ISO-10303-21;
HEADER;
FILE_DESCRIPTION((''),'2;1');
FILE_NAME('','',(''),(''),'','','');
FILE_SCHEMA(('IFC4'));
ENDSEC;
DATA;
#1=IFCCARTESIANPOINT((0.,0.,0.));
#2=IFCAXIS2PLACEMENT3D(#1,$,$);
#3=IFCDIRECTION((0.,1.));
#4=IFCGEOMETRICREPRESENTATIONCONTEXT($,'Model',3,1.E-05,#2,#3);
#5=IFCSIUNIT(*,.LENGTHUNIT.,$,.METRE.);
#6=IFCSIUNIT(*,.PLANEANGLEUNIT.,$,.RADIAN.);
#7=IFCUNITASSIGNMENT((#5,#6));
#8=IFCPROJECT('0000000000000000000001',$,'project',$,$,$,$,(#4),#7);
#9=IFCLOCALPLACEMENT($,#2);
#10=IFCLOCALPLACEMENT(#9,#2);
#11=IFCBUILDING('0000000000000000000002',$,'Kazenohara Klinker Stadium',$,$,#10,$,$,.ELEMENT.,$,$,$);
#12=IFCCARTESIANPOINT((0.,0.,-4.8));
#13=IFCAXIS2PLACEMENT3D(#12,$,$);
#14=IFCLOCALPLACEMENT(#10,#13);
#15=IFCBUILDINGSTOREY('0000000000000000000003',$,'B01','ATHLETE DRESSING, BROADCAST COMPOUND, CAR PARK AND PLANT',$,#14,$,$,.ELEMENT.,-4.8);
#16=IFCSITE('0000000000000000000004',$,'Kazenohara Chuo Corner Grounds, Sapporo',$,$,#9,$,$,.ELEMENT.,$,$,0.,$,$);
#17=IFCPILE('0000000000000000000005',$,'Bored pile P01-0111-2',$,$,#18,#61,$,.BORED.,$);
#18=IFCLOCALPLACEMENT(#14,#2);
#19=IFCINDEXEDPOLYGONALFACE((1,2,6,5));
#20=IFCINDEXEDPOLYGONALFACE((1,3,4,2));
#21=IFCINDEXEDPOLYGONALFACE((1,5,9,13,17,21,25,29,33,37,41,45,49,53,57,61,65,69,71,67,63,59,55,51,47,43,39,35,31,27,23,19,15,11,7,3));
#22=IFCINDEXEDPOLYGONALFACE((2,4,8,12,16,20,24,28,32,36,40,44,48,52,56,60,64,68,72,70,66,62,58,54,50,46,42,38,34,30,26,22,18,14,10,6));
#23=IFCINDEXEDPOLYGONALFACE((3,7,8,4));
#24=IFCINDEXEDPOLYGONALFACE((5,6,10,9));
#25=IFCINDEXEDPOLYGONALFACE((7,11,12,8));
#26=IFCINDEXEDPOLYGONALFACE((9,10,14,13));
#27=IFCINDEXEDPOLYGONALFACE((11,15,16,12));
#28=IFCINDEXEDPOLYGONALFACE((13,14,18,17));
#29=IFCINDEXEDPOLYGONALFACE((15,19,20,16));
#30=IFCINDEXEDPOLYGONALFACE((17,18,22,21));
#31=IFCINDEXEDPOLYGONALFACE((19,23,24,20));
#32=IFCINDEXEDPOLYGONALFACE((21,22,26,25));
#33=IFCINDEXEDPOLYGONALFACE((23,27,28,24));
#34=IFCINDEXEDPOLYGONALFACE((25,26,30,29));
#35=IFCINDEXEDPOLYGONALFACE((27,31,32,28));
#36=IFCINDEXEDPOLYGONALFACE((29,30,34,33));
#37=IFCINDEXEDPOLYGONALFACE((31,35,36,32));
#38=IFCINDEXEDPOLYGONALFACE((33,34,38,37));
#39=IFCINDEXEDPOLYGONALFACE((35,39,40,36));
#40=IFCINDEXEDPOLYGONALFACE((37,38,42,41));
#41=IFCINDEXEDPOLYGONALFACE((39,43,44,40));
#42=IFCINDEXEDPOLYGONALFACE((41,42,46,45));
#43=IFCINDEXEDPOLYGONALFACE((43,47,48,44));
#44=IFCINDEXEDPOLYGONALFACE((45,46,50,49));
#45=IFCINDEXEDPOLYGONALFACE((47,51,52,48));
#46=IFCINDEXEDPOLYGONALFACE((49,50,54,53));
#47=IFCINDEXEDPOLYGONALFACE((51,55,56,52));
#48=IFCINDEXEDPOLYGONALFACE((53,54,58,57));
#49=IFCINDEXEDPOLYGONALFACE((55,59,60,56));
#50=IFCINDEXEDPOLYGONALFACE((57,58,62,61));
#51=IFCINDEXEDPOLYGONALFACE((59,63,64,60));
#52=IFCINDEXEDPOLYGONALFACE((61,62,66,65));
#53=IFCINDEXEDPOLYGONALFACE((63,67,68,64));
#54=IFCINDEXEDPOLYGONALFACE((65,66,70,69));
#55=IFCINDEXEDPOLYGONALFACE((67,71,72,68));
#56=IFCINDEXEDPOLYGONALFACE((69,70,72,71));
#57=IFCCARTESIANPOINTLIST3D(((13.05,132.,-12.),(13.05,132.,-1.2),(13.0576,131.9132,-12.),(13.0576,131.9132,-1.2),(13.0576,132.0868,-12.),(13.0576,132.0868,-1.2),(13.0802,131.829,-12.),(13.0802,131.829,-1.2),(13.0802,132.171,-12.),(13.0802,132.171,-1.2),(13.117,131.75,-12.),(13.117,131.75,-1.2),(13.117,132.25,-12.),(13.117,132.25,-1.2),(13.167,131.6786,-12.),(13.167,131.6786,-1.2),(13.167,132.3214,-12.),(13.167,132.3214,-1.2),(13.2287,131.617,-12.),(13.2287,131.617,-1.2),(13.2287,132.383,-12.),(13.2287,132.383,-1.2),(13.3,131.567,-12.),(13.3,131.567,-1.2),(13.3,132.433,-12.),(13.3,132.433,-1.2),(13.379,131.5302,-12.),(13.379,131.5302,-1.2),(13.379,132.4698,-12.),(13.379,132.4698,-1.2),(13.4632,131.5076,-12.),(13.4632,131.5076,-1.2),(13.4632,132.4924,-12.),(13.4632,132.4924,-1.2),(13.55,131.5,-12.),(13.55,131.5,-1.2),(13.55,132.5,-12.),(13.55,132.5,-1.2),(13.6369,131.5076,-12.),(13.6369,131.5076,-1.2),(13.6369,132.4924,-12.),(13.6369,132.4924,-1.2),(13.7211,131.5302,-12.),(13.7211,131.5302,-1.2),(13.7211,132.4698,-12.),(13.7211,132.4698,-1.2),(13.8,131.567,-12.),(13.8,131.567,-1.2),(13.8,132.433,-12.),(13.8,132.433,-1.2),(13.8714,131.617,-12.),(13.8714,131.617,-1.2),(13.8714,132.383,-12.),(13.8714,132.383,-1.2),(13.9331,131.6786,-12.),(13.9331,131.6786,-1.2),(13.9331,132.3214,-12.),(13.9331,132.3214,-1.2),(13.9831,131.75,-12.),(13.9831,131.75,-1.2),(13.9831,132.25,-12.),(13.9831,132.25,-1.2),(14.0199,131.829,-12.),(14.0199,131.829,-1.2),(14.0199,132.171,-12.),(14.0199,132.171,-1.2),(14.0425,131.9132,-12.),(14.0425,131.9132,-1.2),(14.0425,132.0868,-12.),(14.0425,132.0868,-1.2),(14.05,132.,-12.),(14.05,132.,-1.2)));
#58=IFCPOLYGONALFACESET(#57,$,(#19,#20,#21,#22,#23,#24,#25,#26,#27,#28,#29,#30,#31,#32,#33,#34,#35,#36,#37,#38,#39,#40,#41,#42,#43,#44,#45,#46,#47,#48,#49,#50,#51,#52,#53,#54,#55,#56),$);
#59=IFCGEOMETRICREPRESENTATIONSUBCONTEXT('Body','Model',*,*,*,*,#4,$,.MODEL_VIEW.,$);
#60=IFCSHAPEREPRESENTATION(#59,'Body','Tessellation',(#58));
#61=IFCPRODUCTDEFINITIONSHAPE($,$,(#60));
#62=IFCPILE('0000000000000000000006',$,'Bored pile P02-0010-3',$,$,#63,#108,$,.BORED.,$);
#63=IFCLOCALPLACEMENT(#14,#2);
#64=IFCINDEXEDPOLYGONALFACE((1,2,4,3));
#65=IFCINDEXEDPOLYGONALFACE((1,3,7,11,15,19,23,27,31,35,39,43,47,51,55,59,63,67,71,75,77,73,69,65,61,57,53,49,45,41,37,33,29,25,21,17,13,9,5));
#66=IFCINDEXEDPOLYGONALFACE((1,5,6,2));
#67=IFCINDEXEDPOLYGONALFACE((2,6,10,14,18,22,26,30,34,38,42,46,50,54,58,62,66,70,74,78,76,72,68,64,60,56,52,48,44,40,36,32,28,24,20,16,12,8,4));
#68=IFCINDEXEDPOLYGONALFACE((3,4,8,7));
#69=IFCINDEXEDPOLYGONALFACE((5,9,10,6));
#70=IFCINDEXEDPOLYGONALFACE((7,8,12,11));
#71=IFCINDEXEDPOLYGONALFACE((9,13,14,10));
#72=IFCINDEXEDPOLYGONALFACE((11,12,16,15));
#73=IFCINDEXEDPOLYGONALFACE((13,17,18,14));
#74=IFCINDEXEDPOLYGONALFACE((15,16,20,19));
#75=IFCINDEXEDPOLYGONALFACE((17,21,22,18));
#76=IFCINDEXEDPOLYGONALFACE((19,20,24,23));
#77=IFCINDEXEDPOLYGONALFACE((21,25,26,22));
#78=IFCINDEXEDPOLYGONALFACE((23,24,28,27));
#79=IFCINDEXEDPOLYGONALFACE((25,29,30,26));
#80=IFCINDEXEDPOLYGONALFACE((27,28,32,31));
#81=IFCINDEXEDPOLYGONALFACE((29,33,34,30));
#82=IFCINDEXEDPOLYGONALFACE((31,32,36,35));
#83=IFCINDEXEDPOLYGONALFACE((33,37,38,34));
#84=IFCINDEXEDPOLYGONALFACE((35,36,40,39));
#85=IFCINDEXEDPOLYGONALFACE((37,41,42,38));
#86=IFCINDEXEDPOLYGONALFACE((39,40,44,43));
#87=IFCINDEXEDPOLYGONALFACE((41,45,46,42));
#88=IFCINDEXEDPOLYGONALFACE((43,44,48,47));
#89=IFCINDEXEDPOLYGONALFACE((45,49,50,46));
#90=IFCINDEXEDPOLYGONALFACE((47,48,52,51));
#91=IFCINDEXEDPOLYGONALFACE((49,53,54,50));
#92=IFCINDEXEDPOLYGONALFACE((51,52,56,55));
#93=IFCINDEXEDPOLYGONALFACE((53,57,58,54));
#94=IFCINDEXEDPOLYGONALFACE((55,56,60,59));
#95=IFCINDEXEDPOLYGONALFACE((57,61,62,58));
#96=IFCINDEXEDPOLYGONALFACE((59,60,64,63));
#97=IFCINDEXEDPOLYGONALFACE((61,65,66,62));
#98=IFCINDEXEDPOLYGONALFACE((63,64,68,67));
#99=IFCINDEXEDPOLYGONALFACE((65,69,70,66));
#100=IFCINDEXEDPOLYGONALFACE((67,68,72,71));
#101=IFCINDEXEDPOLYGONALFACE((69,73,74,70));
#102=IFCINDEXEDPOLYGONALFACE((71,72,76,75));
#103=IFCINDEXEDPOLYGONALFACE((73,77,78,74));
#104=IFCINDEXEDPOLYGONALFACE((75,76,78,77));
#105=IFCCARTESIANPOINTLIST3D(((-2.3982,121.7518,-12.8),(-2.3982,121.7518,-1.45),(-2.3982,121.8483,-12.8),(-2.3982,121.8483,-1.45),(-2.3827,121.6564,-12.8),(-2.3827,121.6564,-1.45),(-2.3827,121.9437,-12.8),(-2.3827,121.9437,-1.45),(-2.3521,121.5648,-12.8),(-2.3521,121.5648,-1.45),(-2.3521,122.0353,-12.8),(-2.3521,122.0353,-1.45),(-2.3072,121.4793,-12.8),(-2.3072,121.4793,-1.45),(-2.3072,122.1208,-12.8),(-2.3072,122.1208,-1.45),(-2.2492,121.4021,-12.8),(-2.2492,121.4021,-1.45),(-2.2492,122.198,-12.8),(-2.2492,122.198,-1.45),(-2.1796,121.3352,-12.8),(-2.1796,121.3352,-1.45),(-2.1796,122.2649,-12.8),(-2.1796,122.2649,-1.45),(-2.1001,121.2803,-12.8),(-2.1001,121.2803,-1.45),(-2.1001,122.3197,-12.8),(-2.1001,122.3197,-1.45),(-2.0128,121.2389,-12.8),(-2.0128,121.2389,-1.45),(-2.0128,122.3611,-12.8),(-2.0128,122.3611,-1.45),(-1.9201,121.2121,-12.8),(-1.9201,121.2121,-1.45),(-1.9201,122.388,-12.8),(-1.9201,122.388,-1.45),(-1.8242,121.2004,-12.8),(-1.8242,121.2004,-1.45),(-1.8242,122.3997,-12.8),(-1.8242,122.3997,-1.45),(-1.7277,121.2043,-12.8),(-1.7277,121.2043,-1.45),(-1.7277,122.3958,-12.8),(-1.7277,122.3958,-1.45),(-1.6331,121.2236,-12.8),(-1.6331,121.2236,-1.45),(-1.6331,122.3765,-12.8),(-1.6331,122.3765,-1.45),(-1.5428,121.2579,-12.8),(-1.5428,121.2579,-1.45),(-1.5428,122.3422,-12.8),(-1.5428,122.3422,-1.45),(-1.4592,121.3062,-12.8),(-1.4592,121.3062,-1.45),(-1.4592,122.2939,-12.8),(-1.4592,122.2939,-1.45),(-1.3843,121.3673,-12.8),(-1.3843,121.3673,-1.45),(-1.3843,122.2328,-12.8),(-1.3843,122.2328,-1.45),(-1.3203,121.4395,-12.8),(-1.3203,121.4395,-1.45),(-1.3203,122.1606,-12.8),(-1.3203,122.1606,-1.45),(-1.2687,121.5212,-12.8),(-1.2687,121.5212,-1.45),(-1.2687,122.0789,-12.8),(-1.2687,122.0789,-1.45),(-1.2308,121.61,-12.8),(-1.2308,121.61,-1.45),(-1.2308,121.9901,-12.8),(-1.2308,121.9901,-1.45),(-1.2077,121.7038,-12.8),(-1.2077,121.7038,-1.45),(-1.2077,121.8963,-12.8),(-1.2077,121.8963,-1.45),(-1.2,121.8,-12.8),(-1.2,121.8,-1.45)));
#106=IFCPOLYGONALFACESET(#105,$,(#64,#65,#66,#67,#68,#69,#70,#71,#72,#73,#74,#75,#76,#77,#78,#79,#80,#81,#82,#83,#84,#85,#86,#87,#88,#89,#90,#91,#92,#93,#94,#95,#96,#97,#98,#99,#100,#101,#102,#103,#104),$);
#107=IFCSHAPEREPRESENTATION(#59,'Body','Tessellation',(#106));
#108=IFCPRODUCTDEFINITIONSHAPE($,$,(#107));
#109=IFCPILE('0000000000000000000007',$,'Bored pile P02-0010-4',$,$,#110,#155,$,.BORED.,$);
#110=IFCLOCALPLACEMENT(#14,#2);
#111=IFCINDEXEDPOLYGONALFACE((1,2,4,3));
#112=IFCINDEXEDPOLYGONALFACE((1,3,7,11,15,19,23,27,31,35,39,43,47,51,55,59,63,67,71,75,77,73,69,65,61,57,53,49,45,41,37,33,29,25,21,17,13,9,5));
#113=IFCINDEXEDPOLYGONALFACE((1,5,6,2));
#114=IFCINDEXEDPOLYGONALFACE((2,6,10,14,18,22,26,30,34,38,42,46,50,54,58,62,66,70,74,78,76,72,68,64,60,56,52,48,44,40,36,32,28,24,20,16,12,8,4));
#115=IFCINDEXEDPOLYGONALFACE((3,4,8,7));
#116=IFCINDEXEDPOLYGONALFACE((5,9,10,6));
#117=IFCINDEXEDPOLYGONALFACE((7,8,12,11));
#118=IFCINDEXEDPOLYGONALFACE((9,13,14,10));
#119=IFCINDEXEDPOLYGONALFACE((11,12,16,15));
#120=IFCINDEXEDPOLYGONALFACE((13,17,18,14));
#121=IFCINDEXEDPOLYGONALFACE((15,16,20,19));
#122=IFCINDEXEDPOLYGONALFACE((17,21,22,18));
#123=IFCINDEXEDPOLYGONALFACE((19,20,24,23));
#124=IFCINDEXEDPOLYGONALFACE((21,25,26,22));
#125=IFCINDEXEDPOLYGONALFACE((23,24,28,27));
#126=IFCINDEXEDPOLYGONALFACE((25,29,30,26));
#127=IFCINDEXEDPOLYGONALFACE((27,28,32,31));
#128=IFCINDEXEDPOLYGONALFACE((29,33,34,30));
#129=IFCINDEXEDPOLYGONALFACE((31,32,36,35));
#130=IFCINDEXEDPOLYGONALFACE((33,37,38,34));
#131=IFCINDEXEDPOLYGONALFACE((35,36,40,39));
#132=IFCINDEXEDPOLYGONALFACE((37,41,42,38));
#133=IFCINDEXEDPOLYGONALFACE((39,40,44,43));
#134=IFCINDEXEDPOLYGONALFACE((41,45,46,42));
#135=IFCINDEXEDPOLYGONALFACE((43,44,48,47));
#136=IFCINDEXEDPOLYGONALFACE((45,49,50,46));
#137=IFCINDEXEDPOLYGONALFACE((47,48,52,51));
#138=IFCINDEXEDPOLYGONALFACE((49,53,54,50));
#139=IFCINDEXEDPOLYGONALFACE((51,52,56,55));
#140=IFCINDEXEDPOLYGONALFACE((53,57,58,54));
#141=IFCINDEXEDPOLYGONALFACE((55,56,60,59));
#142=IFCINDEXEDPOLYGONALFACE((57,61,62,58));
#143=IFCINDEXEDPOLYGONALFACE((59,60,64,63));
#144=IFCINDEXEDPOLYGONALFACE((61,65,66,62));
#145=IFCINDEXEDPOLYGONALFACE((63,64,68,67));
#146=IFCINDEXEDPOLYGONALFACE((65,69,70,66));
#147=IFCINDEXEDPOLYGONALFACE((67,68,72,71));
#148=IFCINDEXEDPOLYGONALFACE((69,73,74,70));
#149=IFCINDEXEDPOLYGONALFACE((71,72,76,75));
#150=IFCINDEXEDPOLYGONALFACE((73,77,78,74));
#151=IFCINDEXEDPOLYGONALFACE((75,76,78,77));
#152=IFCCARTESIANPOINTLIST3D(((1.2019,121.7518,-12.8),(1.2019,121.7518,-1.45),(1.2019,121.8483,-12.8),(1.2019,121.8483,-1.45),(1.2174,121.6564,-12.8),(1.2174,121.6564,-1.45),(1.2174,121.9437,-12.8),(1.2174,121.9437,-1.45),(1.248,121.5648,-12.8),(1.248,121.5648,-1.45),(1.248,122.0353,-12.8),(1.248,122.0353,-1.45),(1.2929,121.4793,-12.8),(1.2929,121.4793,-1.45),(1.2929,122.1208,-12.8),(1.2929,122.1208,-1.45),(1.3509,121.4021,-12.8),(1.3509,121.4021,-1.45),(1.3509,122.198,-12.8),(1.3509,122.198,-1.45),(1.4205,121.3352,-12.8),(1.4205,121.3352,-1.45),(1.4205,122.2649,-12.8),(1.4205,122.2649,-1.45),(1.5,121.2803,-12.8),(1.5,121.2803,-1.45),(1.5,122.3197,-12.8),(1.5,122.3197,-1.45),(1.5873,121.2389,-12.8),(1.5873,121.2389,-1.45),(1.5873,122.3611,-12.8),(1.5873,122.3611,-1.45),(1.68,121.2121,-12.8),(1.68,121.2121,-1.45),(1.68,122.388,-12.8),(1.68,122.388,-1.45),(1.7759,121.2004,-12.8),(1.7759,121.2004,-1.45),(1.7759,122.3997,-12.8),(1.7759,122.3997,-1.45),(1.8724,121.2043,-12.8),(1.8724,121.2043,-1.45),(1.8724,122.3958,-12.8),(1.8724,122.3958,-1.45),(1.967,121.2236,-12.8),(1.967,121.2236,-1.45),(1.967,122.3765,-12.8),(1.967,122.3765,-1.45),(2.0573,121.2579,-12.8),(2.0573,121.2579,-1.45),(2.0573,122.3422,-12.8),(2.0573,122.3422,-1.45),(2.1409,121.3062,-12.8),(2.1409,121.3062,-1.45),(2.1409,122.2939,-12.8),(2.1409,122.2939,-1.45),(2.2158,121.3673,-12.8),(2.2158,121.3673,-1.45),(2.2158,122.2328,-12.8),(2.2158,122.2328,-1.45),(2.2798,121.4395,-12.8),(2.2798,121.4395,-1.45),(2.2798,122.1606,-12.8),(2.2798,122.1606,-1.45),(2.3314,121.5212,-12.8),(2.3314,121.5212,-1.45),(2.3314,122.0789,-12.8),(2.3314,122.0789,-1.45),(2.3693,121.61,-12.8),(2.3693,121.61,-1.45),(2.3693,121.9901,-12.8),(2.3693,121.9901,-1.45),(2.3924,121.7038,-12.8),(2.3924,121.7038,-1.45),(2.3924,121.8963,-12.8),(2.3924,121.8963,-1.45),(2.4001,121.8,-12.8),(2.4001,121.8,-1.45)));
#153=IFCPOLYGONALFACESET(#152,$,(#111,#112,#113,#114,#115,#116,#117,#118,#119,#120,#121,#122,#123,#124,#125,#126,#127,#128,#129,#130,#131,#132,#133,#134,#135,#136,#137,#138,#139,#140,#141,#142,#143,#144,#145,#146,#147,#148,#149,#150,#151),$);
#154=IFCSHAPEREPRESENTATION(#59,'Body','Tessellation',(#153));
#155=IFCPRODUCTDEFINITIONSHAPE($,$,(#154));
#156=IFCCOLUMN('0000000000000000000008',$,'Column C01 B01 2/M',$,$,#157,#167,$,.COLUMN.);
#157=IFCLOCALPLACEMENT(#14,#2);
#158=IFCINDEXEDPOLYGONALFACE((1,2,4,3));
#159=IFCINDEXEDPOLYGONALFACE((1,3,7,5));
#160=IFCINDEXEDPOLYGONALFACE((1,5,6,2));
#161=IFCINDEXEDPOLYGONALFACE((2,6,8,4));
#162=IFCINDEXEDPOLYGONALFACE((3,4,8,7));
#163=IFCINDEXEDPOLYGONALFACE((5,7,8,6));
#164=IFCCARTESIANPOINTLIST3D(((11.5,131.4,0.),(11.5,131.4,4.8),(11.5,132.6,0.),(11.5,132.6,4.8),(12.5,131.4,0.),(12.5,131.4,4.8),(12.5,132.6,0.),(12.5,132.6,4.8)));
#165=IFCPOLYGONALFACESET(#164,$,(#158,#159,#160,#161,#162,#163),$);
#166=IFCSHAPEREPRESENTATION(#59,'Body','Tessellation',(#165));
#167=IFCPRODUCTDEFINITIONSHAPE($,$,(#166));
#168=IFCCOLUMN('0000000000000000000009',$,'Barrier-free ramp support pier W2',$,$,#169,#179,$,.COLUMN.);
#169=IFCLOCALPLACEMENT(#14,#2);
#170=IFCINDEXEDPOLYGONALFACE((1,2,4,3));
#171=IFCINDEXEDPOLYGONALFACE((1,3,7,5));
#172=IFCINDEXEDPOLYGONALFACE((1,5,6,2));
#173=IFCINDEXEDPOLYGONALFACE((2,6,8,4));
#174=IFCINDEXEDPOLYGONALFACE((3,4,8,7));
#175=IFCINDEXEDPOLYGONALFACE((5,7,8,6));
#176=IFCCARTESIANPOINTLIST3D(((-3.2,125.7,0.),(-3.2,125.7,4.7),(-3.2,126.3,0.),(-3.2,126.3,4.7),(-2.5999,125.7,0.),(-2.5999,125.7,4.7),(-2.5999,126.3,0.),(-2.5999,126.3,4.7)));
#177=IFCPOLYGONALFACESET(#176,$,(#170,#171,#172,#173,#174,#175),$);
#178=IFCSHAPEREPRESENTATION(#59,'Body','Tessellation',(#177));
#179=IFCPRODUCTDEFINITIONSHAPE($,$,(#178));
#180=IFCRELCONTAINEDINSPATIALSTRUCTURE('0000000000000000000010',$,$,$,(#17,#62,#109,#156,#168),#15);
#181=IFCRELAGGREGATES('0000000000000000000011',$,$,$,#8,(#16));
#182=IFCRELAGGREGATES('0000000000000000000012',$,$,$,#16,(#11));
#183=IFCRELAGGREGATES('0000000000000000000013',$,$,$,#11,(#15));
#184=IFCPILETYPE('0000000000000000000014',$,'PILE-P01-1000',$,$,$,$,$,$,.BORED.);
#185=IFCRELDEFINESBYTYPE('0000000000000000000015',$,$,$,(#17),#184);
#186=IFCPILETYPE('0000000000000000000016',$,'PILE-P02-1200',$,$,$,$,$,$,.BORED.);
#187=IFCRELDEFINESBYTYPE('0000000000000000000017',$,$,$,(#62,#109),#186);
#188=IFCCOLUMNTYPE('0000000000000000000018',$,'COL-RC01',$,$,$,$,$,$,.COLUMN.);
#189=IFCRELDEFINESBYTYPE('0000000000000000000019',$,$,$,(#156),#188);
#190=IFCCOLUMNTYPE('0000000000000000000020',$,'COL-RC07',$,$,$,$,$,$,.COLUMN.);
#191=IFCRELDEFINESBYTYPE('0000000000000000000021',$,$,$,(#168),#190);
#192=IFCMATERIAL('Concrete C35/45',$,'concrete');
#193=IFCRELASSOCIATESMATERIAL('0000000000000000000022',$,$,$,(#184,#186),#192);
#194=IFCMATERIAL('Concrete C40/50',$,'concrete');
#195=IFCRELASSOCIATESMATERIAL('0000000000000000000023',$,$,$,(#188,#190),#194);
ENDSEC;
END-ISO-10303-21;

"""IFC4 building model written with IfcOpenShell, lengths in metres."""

from ifc_helpers import new_model, si_unit, direction, frame, origin, origin_2d, place, context, subcontext, project, spatial, rectangle, circle, extrude, material, material_profile, profile_set, type_object, element, save


model = new_model("IFC4")

# Units and contexts
model_context = context("Model", 3, precision=1e-05, world=origin(), true_north=direction((0.0, 1.0)))
body_context = subcontext(model_context, "Body", "Model", "MODEL_VIEW")
ifc_project = project(units=[si_unit("LENGTHUNIT", "METRE"), si_unit("PLANEANGLEUNIT", "RADIAN")], contexts=[model_context])

# Site, building, storey
site_placement = place(None, origin())
site = spatial("IfcSite", under=ifc_project, at=site_placement, Name="Kazenohara Chuo Corner Grounds, Sapporo", CompositionType="ELEMENT", RefElevation=0.0)
building_placement = place(site_placement, origin())
building = spatial("IfcBuilding", under=site, at=building_placement, Name="Kazenohara Klinker Stadium", CompositionType="ELEMENT")
storey_placement = place(building_placement, frame((0.0, 0.0, -4.8)))
storey = spatial("IfcBuildingStorey", under=building, at=storey_placement, Name="B01", Description="ATHLETE DRESSING, BROADCAST COMPOUND, CAR PARK AND PLANT", CompositionType="ELEMENT", Elevation=-4.8)

# Shared definitions
ifc_material_1 = material(Name="Concrete C35/45", Category="concrete")

# Piles
ifc_material_profile_1 = material_profile(ifc_material_1, circle(Radius=0.5, at=origin_2d()), Name="BORED-PILE-1000")
ifc_profile_set_1 = profile_set([ifc_material_profile_1], Name="Concrete C35/45")
pile_type_1 = type_object("IfcPileType", Name="PILE-P01-1000", PredefinedType="BORED", material=ifc_profile_set_1)
for number, where, z_axis, x_axis, name in (
    (1, (13.55, 132.0, -1.2), (0.0, 0.0, -1.0), (1.0, 0.0, 0.0), "Bored pile P01-0111-2"),
):
    element("IfcPile", number, at=place(storey_placement, frame(where, z_axis=z_axis, x_axis=x_axis)), inside=storey, type_object=pile_type_1, Name=name, PredefinedType="BORED", context=body_context, shape_type="SweptSolid", body=[
        extrude(circle(Radius=0.5, at=origin_2d()), origin(), (0.0, 0.0, 1.0), 10.8),
    ])
ifc_material_profile_2 = material_profile(ifc_material_1, circle(Radius=0.6001, at=origin_2d()), Name="BORED-PILE-1200")
ifc_profile_set_2 = profile_set([ifc_material_profile_2], Name="Concrete C35/45")
pile_type_2 = type_object("IfcPileType", Name="PILE-P02-1200", PredefinedType="BORED", material=ifc_profile_set_2)
for number, where, z_axis, x_axis, name in (
    (2, (-1.8, 121.8, -1.45), (0.0, 0.0, -1.0), (1.0, 0.0, 0.0), "Bored pile P02-0010-3"),
    (3, (1.8, 121.8, -1.45), (0.0, 0.0, -1.0), (1.0, 0.0, 0.0), "Bored pile P02-0010-4"),
):
    element("IfcPile", number, at=place(storey_placement, frame(where, z_axis=z_axis, x_axis=x_axis)), inside=storey, type_object=pile_type_2, Name=name, PredefinedType="BORED", context=body_context, shape_type="SweptSolid", body=[
        extrude(circle(Radius=0.6001, at=origin_2d()), origin(), (0.0, 0.0, 1.0), 11.3501),
    ])

# Columns
ifc_material_2 = material(Name="Concrete C40/50", Category="concrete")
ifc_material_profile_3 = material_profile(ifc_material_2, rectangle(XDim=1.0, YDim=1.2, at=origin_2d()), Name="RC-COL-1200x1000")
ifc_profile_set_3 = profile_set([ifc_material_profile_3], Name="Concrete C40/50")
column_type_1 = type_object("IfcColumnType", Name="COL-RC01", PredefinedType="COLUMN", material=ifc_profile_set_3)
column_1_placement = place(storey_placement, frame((12.0, 132.0, 0.0), z_axis=(0.0, 0.0, 1.0), x_axis=(1.0, 0.0, 0.0)))
element("IfcColumn", 4, at=column_1_placement, inside=storey, type_object=column_type_1, Name="Column C01 B01 2/M", PredefinedType="COLUMN", context=body_context, shape_type="SweptSolid", body=[
    extrude(rectangle(XDim=1.0, YDim=1.2, at=origin_2d()), origin(), (0.0, 0.0, 1.0), 4.8),
])
ifc_material_profile_4 = material_profile(ifc_material_2, rectangle(XDim=0.6001, YDim=0.6001, at=origin_2d()), Name="RC-COL-600x600")
ifc_profile_set_4 = profile_set([ifc_material_profile_4], Name="Concrete C40/50")
column_type_2 = type_object("IfcColumnType", Name="COL-RC07", PredefinedType="COLUMN", material=ifc_profile_set_4)
column_2_placement = place(storey_placement, frame((-2.8999, 126.0, 0.0), z_axis=(0.0, 0.0, 1.0), x_axis=(1.0, 0.0, 0.0)))
element("IfcColumn", 5, at=column_2_placement, inside=storey, type_object=column_type_2, Name="Barrier-free ramp support pier W2", PredefinedType="COLUMN", context=body_context, shape_type="SweptSolid", body=[
    extrude(rectangle(XDim=0.6001, YDim=0.6001, at=origin_2d()), origin(), (0.0, 0.0, 1.0), 4.7),
])

save(model, "model.ifc")
